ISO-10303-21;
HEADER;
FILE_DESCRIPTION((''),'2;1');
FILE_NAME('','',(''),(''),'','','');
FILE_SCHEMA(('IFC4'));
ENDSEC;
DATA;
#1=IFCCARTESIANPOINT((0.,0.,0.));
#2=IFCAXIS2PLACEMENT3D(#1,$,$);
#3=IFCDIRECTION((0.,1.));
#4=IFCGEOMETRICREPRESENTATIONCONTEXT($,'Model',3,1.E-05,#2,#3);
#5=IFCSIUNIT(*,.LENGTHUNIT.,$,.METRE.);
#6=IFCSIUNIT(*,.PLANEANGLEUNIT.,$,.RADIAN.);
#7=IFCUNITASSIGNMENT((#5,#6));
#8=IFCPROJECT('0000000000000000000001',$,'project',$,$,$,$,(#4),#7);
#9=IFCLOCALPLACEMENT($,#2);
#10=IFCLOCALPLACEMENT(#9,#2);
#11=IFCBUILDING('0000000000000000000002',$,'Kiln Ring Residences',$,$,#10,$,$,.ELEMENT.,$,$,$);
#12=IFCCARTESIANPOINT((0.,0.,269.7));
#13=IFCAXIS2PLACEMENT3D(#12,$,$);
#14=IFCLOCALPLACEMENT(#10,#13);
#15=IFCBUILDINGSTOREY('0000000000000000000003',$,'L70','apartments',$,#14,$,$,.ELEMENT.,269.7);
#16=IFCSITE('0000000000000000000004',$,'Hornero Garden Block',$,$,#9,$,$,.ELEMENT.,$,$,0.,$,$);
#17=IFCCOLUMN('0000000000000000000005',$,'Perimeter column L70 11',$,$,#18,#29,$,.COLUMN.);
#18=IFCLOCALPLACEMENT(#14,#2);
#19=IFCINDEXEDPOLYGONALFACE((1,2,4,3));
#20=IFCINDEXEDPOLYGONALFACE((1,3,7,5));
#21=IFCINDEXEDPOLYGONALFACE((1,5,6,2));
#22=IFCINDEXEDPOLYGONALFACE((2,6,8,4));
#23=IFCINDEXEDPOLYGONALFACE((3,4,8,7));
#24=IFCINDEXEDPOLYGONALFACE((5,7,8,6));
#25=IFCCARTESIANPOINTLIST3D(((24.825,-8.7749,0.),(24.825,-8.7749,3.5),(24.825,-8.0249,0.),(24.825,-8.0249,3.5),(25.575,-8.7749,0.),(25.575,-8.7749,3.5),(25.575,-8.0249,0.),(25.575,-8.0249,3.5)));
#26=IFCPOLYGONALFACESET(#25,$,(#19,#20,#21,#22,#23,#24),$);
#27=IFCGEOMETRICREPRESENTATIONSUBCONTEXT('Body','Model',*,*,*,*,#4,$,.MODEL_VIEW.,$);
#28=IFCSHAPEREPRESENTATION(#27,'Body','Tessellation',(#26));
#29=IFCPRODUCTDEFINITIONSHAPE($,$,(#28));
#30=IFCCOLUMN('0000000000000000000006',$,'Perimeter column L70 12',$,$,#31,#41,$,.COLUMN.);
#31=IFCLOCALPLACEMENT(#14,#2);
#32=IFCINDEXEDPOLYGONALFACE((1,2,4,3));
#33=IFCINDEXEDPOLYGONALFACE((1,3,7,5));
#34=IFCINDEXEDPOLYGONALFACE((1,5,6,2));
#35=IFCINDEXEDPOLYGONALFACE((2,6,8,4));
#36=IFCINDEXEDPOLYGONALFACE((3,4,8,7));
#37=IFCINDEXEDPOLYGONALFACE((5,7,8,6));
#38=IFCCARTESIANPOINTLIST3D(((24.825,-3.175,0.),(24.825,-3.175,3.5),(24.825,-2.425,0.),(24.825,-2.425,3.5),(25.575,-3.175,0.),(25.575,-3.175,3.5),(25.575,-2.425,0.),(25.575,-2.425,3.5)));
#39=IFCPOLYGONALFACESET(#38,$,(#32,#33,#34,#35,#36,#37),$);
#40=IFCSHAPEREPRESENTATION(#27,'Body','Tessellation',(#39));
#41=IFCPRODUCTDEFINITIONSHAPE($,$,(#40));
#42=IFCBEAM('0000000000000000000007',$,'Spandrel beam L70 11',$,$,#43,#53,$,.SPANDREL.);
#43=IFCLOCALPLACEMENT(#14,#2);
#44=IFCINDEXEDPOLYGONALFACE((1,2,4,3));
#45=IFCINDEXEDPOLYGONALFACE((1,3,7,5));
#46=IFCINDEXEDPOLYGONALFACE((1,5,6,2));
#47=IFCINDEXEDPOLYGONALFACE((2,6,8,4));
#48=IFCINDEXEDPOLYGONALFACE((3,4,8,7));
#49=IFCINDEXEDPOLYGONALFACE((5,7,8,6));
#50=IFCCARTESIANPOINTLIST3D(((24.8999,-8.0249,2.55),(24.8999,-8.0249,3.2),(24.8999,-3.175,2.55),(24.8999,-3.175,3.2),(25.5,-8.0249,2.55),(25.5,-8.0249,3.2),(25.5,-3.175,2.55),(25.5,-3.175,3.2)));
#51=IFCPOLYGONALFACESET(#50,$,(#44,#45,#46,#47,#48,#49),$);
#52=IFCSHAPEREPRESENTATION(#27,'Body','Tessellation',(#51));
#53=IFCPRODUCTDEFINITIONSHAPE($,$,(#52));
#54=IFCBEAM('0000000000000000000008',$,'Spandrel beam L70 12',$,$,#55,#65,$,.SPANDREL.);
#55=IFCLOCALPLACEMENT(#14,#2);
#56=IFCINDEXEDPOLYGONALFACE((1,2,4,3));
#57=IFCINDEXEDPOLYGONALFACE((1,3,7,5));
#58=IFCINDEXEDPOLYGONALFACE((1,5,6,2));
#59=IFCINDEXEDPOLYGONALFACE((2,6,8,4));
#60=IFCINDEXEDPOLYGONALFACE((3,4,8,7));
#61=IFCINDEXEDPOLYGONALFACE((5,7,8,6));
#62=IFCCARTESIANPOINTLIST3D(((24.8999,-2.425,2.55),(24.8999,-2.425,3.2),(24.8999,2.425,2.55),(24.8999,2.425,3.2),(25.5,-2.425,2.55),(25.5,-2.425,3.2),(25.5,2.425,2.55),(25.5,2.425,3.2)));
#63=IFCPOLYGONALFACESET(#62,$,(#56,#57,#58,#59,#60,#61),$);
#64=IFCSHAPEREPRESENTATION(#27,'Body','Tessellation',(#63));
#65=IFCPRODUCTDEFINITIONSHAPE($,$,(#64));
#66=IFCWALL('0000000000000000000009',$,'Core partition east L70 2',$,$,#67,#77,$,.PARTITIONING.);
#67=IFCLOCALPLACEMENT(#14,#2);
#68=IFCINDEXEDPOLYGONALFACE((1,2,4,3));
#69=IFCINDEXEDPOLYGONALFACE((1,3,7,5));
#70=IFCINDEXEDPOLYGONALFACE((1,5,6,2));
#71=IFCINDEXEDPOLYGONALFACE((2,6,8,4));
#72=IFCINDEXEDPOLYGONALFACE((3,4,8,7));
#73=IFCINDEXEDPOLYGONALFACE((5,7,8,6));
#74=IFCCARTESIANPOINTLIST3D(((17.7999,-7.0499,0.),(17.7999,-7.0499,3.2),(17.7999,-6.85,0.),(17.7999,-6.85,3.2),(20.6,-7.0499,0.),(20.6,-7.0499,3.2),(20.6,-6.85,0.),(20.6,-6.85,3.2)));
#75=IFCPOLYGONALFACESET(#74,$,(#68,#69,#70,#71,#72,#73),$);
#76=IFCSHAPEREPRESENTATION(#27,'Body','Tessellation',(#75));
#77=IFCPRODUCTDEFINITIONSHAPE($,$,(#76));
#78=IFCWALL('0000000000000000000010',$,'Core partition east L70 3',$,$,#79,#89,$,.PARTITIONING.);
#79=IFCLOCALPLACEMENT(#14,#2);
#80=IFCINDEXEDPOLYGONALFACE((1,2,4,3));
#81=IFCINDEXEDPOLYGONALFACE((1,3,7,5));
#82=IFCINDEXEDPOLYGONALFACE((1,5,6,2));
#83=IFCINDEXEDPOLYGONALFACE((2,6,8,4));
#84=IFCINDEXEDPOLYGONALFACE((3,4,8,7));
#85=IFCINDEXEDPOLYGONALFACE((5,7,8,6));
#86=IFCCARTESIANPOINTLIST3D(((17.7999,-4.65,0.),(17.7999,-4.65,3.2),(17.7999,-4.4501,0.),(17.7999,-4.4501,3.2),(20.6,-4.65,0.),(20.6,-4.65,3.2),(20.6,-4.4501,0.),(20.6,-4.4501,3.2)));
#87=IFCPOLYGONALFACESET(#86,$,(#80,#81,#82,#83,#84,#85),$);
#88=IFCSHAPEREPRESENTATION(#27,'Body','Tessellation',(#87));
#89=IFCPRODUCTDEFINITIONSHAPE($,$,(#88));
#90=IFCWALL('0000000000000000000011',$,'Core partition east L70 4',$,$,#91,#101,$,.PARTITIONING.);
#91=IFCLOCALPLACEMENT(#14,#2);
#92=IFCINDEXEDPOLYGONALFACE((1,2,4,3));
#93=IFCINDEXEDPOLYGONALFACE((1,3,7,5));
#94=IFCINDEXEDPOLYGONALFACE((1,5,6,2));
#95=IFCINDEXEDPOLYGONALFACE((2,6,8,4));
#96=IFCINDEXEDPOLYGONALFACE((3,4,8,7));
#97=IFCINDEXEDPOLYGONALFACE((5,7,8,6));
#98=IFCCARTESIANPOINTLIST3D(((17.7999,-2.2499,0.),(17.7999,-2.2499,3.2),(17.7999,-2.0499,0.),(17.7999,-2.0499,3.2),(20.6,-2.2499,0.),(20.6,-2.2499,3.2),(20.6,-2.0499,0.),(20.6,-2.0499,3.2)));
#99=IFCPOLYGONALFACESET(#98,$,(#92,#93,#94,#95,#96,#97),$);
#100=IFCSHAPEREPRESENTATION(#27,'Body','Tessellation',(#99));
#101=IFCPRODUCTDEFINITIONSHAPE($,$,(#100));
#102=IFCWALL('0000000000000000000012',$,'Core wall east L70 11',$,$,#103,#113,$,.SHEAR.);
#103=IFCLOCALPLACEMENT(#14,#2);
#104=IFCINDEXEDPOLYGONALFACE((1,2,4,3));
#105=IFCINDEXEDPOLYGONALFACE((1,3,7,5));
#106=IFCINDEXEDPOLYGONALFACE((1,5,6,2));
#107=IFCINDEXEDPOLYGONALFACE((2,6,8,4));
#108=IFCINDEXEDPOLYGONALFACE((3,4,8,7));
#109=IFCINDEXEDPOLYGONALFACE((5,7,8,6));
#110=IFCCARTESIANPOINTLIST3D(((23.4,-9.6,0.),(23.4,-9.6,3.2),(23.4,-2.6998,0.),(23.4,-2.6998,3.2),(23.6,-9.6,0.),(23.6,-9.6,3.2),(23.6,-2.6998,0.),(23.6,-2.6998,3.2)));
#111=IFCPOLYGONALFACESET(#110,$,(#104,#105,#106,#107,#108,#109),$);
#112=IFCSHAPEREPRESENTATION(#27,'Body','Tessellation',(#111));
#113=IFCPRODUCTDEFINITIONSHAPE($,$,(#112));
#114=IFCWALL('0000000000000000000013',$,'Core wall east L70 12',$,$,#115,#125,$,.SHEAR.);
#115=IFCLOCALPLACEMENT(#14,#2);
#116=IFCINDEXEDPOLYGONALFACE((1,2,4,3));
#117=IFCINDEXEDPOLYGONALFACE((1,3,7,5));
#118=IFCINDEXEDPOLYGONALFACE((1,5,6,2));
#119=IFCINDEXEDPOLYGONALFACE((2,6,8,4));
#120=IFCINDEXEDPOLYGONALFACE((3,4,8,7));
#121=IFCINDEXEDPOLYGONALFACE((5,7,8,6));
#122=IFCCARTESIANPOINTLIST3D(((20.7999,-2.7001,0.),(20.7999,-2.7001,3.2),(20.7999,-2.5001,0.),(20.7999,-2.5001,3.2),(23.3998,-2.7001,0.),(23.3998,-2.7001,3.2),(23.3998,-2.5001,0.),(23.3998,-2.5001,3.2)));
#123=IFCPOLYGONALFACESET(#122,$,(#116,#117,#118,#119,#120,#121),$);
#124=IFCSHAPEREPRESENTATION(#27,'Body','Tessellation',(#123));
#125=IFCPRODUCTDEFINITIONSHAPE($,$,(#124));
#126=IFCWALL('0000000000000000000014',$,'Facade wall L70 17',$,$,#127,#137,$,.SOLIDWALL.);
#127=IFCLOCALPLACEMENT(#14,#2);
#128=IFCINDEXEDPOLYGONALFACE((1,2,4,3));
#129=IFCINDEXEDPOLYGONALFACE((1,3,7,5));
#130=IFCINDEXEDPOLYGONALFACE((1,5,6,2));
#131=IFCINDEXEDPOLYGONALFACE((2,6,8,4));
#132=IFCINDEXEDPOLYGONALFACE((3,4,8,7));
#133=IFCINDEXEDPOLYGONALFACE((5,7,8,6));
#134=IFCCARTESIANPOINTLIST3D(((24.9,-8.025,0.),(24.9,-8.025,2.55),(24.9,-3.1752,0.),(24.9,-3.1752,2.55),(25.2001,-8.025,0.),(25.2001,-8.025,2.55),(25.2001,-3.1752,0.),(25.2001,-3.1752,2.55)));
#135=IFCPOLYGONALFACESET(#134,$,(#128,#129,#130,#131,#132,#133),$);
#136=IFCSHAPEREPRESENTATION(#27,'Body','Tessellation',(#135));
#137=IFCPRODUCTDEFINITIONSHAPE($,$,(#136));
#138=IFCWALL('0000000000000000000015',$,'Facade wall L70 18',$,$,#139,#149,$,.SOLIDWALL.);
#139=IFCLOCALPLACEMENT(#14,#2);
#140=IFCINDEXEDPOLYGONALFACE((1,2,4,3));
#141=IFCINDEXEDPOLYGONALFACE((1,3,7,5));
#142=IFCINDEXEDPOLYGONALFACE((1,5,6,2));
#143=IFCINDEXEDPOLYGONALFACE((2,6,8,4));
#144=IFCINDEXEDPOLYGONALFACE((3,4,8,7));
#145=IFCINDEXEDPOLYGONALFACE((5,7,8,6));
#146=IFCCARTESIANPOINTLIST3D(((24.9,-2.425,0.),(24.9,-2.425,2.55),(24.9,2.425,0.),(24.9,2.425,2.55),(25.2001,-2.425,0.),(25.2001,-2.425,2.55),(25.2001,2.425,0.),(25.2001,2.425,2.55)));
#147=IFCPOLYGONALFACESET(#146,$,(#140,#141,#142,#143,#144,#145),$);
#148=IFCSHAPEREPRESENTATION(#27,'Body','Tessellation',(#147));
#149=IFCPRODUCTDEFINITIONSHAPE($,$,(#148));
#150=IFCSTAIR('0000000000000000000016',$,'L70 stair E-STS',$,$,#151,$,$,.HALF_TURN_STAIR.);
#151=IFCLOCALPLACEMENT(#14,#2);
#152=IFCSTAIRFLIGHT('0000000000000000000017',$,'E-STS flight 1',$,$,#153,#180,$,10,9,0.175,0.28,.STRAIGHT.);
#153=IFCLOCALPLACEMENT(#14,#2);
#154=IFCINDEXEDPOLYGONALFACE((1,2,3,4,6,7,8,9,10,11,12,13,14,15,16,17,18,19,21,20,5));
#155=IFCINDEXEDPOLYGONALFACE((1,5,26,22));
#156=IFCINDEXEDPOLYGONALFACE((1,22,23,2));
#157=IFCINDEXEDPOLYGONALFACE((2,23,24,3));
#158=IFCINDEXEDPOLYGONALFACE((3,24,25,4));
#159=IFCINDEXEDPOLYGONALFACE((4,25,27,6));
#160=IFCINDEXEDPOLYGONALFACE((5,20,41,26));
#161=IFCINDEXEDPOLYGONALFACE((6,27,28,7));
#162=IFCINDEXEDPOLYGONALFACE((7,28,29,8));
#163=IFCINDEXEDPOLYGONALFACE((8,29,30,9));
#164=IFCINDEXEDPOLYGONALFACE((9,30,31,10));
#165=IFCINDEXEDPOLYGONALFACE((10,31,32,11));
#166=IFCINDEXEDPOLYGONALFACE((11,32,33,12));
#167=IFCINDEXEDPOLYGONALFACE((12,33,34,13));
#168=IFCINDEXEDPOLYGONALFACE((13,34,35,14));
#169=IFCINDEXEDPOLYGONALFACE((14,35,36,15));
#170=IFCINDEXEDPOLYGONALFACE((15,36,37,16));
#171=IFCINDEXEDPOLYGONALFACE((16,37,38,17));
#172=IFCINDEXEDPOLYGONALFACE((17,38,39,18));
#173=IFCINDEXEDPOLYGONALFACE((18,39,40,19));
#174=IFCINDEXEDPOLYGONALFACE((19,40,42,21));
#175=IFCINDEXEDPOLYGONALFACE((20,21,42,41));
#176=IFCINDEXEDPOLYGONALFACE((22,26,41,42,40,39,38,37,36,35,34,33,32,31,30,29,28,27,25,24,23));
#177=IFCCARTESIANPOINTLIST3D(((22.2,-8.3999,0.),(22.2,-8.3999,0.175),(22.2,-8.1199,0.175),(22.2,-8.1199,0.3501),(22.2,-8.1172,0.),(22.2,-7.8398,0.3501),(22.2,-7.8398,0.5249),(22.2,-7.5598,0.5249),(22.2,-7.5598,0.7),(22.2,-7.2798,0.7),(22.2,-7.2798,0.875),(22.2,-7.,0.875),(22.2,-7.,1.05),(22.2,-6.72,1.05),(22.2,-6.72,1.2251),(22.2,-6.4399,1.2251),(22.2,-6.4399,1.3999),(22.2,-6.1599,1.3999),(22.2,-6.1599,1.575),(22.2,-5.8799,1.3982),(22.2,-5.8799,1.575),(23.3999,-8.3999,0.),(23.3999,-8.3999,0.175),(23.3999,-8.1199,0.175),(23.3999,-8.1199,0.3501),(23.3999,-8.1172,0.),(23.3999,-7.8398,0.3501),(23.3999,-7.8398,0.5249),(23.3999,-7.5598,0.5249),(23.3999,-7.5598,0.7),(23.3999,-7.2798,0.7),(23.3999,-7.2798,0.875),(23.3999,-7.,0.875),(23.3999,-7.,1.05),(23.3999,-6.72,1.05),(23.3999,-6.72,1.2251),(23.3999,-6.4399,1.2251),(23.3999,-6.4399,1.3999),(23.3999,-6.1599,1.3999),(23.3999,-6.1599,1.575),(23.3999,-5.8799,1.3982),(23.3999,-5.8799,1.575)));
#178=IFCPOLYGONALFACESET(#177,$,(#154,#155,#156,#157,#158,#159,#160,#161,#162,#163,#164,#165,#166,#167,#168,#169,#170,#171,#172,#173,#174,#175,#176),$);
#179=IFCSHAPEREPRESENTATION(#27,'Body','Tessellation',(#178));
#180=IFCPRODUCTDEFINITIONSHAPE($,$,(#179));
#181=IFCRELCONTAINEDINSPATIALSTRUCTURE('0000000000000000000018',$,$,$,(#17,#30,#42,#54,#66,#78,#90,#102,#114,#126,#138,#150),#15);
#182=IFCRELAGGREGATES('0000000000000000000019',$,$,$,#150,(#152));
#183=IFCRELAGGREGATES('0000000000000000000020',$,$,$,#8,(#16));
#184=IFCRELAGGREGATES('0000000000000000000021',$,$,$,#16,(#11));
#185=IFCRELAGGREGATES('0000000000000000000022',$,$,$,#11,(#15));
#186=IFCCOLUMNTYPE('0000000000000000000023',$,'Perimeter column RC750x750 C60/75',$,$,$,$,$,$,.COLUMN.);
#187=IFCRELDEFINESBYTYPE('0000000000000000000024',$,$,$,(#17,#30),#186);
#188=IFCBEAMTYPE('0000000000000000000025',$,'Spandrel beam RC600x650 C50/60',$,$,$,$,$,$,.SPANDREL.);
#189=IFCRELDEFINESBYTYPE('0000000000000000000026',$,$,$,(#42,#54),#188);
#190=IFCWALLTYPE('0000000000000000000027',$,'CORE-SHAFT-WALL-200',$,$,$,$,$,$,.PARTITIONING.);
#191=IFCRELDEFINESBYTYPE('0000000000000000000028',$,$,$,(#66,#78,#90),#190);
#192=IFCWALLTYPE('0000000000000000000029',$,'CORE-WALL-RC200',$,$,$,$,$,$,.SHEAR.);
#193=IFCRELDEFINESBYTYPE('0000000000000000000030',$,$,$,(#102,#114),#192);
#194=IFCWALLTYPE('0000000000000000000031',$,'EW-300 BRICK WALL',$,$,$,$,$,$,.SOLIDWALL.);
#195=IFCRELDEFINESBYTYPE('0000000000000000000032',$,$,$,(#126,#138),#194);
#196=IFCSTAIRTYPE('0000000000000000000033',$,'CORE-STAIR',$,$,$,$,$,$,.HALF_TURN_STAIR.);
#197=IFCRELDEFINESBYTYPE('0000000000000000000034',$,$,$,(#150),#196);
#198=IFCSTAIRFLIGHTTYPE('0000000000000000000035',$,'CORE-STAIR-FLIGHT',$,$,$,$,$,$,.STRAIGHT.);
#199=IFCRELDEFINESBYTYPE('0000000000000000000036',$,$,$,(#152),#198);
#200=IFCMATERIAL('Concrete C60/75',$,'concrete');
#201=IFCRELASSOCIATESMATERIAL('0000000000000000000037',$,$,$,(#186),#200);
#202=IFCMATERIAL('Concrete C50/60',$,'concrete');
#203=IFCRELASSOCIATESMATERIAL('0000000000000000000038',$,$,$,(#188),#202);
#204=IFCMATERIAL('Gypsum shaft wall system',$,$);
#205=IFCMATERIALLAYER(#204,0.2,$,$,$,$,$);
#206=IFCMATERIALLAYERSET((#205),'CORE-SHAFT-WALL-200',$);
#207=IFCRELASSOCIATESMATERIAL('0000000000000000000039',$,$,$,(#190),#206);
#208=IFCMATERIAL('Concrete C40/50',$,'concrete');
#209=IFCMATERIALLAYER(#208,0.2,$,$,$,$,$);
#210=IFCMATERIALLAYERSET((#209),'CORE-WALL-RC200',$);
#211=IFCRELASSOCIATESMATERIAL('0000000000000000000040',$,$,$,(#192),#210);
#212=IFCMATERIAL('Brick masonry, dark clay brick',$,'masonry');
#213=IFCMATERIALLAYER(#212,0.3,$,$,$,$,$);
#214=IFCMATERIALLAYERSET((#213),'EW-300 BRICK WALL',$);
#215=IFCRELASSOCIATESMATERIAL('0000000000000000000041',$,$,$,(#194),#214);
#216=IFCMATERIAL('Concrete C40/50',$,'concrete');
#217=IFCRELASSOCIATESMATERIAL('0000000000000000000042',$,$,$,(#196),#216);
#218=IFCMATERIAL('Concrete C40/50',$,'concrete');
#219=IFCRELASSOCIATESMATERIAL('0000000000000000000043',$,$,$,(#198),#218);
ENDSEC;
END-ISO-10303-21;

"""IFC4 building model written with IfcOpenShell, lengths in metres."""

from ifc_helpers import new_model, si_unit, direction, frame, frame_2d, origin, origin_2d, place, context, subcontext, project, spatial, polyline, rectangle, outline, extrude, material, layer, layer_set, material_profile, profile_set, type_object, element, aggregate, save


model = new_model("IFC4")

# Units and contexts
model_context = context("Model", 3, precision=1e-05, world=origin(), true_north=direction((0.0, 1.0)))
body_context = subcontext(model_context, "Body", "Model", "MODEL_VIEW")
ifc_project = project(units=[si_unit("LENGTHUNIT", "METRE"), si_unit("PLANEANGLEUNIT", "RADIAN")], contexts=[model_context])

# Site, building, storey
site_placement = place(None, origin())
site = spatial("IfcSite", under=ifc_project, at=site_placement, Name="Hornero Garden Block", CompositionType="ELEMENT", RefElevation=0.0)
building_placement = place(site_placement, origin())
building = spatial("IfcBuilding", under=site, at=building_placement, Name="Kiln Ring Residences", CompositionType="ELEMENT")
storey_placement = place(building_placement, frame((0.0, 0.0, 269.7)))
storey = spatial("IfcBuildingStorey", under=building, at=storey_placement, Name="L70", Description="apartments", CompositionType="ELEMENT", Elevation=269.7)

# Columns
ifc_material_1 = material(Name="Concrete C60/75", Category="concrete")
ifc_material_profile_1 = material_profile(ifc_material_1, rectangle(XDim=0.75, YDim=0.75, at=origin_2d()), Name="RC750x750")
ifc_profile_set_1 = profile_set([ifc_material_profile_1], Name="Concrete C60/75")
column_type = type_object("IfcColumnType", Name="Perimeter column RC750x750 C60/75", PredefinedType="COLUMN", material=ifc_profile_set_1)
for number, where, z_axis, x_axis, name in (
    (1, (25.2, -8.3999, 0.0), (0.0, 0.0, 1.0), (1.0, 0.0, 0.0), "Perimeter column L70 11"),
    (2, (25.2, -2.8, 0.0), (0.0, 0.0, 1.0), (1.0, 0.0, 0.0), "Perimeter column L70 12"),
):
    element("IfcColumn", number, at=place(storey_placement, frame(where, z_axis=z_axis, x_axis=x_axis)), inside=storey, type_object=column_type, Name=name, PredefinedType="COLUMN", context=body_context, shape_type="SweptSolid", body=[
        extrude(rectangle(XDim=0.75, YDim=0.75, at=origin_2d()), origin(), (0.0, 0.0, 1.0), 3.5),
    ])

# Beams
ifc_material_2 = material(Name="Concrete C50/60", Category="concrete")
ifc_material_profile_2 = material_profile(ifc_material_2, rectangle(XDim=0.6001, YDim=0.6499, at=origin_2d()), Name="RC600x650")
ifc_profile_set_2 = profile_set([ifc_material_profile_2], Name="Concrete C50/60")
beam_type = type_object("IfcBeamType", Name="Spandrel beam RC600x650 C50/60", PredefinedType="SPANDREL", material=ifc_profile_set_2)
beam_1_placement = place(storey_placement, frame((25.2, -8.0249, 2.875), z_axis=(0.0, 1.0, 0.0), x_axis=(-1.0, 0.0, 0.0)))
element("IfcBeam", 3, at=beam_1_placement, inside=storey, type_object=beam_type, Name="Spandrel beam L70 11", PredefinedType="SPANDREL", context=body_context, shape_type="SweptSolid", body=[
    extrude(rectangle(XDim=0.6001, YDim=0.6499, at=origin_2d()), origin(), (0.0, 0.0, 1.0), 4.8499),
])
beam_2_placement = place(storey_placement, frame((25.2, -2.425, 2.875), z_axis=(0.0, 1.0, 0.0), x_axis=(-1.0, 0.0, 0.0)))
element("IfcBeam", 4, at=beam_2_placement, inside=storey, type_object=beam_type, Name="Spandrel beam L70 12", PredefinedType="SPANDREL", context=body_context, shape_type="SweptSolid", body=[
    extrude(rectangle(XDim=0.6001, YDim=0.6499, at=origin_2d()), origin(), (0.0, 0.0, 1.0), 4.8501),
])

# Walls
ifc_material_3 = material(Name="Gypsum shaft wall system")
ifc_layer_1 = layer(ifc_material_3, 0.2)
ifc_layer_set_1 = layer_set([ifc_layer_1], Name="CORE-SHAFT-WALL-200")
wall_type_1 = type_object("IfcWallType", Name="CORE-SHAFT-WALL-200", PredefinedType="PARTITIONING", material=ifc_layer_set_1)
for number, where, z_axis, x_axis, name in (
    (5, (17.8, -6.95, 0.0), (0.0, 0.0, 1.0), (1.0, 0.0, 0.0), "Core partition east L70 2"),
    (6, (17.8, -4.55, 0.0), (0.0, 0.0, 1.0), (1.0, 0.0, 0.0), "Core partition east L70 3"),
    (7, (17.8, -2.1499, 0.0), (0.0, 0.0, 1.0), (1.0, 0.0, 0.0), "Core partition east L70 4"),
):
    element("IfcWall", number, at=place(storey_placement, frame(where, z_axis=z_axis, x_axis=x_axis)), inside=storey, type_object=wall_type_1, Name=name, PredefinedType="PARTITIONING", context=body_context, shape_type="SweptSolid", body=[
        extrude(rectangle(XDim=2.8, YDim=0.2, at=frame_2d((1.3999, 0.0))), origin(), (0.0, 0.0, 1.0), 3.2),
    ])
ifc_material_4 = material(Name="Concrete C40/50", Category="concrete")
ifc_layer_2 = layer(ifc_material_4, 0.2)
ifc_layer_set_2 = layer_set([ifc_layer_2], Name="CORE-WALL-RC200")
wall_type_2 = type_object("IfcWallType", Name="CORE-WALL-RC200", PredefinedType="SHEAR", material=ifc_layer_set_2)
wall_1_placement = place(storey_placement, frame((23.5, -9.6001, 0.0), z_axis=(0.0, 0.0, 1.0), x_axis=(0.0, 1.0, 0.0)))
element("IfcWall", 8, at=wall_1_placement, inside=storey, type_object=wall_type_2, Name="Core wall east L70 11", PredefinedType="SHEAR", context=body_context, shape_type="SweptSolid", body=[
    extrude(rectangle(XDim=6.9001, YDim=0.2, at=frame_2d((3.4502, 0.0))), origin(), (0.0, 0.0, 1.0), 3.2),
])
wall_2_placement = place(storey_placement, frame((20.8, -2.6001, 0.0), z_axis=(0.0, 0.0, 1.0), x_axis=(1.0, 0.0, 0.0)))
element("IfcWall", 9, at=wall_2_placement, inside=storey, type_object=wall_type_2, Name="Core wall east L70 12", PredefinedType="SHEAR", context=body_context, shape_type="SweptSolid", body=[
    extrude(rectangle(XDim=2.5999, YDim=0.2, at=frame_2d((1.2998, 0.0))), origin(), (0.0, 0.0, 1.0), 3.2),
])
ifc_material_5 = material(Name="Brick masonry, dark clay brick", Category="masonry")
ifc_layer_3 = layer(ifc_material_5, 0.3)
ifc_layer_set_3 = layer_set([ifc_layer_3], Name="EW-300 BRICK WALL")
wall_type_3 = type_object("IfcWallType", Name="EW-300 BRICK WALL", PredefinedType="SOLIDWALL", material=ifc_layer_set_3)
wall_3_placement = place(storey_placement, frame((25.05, -8.0249, 0.0), z_axis=(0.0, 0.0, 1.0), x_axis=(0.0, 1.0, 0.0)))
element("IfcWall", 10, at=wall_3_placement, inside=storey, type_object=wall_type_3, Name="Facade wall L70 17", PredefinedType="SOLIDWALL", context=body_context, shape_type="SweptSolid", body=[
    extrude(rectangle(XDim=4.8499, YDim=0.3, at=frame_2d((2.4248, 0.0))), origin(), (0.0, 0.0, 1.0), 2.55),
])
wall_4_placement = place(storey_placement, frame((25.05, -2.425, 0.0), z_axis=(0.0, 0.0, 1.0), x_axis=(0.0, 1.0, 0.0)))
element("IfcWall", 11, at=wall_4_placement, inside=storey, type_object=wall_type_3, Name="Facade wall L70 18", PredefinedType="SOLIDWALL", context=body_context, shape_type="SweptSolid", body=[
    extrude(rectangle(XDim=4.8501, YDim=0.3, at=frame_2d((2.425, 0.0))), origin(), (0.0, 0.0, 1.0), 2.55),
])

# Stair, stair flight
ifc_material_6 = material(Name="Concrete C40/50", Category="concrete")
stair_type = type_object("IfcStairType", Name="CORE-STAIR", PredefinedType="HALF_TURN_STAIR", material=ifc_material_6)
stair_placement = place(storey_placement, origin())
stair = element("IfcStair", 12, at=stair_placement, inside=storey, type_object=stair_type, Name="L70 stair E-STS", PredefinedType="HALF_TURN_STAIR")
ifc_material_7 = material(Name="Concrete C40/50", Category="concrete")
stair_flight_type = type_object("IfcStairFlightType", Name="CORE-STAIR-FLIGHT", PredefinedType="STRAIGHT", material=ifc_material_7)
stair_flight_1_placement = place(storey_placement, frame((22.8, -8.3999, 0.0), z_axis=(0.0, 0.0, 1.0), x_axis=(0.0, 1.0, 0.0)))
stair_flight_1 = element("IfcStairFlight", 13, at=stair_flight_1_placement, type_object=stair_flight_type, Name="E-STS flight 1", NumberOfRisers=10, NumberOfTreads=9, PredefinedType="STRAIGHT", RiserHeight=0.175, TreadLength=0.28, context=body_context, shape_type="SweptSolid", body=[
    extrude(outline(polyline([(0.0, 0.0), (0.0, 0.175), (0.28, 0.175), (0.28, 0.3501), (0.5601, 0.3501), (0.5601, 0.5249), (0.8401, 0.5249), (0.8401, 0.7), (1.1201, 0.7), (1.1201, 0.875), (1.3999, 0.875), (1.3999, 1.05), (1.6799, 1.05), (1.6799, 1.2251), (1.96, 1.2251), (1.96, 1.3999), (2.24, 1.3999), (2.24, 1.575), (2.52, 1.575), (2.52, 1.75), (2.52, 1.3982), (0.2827, 0.0), (0.0, 0.0)])), frame((0.0, 0.6001, 0.0), z_axis=(0.0, -1.0, 0.0), x_axis=(1.0, 0.0, 0.0)), (0.0, 0.0, 1.0), 1.2),
])
aggregate(stair, [stair_flight_1])

save(model, "model.ifc")
